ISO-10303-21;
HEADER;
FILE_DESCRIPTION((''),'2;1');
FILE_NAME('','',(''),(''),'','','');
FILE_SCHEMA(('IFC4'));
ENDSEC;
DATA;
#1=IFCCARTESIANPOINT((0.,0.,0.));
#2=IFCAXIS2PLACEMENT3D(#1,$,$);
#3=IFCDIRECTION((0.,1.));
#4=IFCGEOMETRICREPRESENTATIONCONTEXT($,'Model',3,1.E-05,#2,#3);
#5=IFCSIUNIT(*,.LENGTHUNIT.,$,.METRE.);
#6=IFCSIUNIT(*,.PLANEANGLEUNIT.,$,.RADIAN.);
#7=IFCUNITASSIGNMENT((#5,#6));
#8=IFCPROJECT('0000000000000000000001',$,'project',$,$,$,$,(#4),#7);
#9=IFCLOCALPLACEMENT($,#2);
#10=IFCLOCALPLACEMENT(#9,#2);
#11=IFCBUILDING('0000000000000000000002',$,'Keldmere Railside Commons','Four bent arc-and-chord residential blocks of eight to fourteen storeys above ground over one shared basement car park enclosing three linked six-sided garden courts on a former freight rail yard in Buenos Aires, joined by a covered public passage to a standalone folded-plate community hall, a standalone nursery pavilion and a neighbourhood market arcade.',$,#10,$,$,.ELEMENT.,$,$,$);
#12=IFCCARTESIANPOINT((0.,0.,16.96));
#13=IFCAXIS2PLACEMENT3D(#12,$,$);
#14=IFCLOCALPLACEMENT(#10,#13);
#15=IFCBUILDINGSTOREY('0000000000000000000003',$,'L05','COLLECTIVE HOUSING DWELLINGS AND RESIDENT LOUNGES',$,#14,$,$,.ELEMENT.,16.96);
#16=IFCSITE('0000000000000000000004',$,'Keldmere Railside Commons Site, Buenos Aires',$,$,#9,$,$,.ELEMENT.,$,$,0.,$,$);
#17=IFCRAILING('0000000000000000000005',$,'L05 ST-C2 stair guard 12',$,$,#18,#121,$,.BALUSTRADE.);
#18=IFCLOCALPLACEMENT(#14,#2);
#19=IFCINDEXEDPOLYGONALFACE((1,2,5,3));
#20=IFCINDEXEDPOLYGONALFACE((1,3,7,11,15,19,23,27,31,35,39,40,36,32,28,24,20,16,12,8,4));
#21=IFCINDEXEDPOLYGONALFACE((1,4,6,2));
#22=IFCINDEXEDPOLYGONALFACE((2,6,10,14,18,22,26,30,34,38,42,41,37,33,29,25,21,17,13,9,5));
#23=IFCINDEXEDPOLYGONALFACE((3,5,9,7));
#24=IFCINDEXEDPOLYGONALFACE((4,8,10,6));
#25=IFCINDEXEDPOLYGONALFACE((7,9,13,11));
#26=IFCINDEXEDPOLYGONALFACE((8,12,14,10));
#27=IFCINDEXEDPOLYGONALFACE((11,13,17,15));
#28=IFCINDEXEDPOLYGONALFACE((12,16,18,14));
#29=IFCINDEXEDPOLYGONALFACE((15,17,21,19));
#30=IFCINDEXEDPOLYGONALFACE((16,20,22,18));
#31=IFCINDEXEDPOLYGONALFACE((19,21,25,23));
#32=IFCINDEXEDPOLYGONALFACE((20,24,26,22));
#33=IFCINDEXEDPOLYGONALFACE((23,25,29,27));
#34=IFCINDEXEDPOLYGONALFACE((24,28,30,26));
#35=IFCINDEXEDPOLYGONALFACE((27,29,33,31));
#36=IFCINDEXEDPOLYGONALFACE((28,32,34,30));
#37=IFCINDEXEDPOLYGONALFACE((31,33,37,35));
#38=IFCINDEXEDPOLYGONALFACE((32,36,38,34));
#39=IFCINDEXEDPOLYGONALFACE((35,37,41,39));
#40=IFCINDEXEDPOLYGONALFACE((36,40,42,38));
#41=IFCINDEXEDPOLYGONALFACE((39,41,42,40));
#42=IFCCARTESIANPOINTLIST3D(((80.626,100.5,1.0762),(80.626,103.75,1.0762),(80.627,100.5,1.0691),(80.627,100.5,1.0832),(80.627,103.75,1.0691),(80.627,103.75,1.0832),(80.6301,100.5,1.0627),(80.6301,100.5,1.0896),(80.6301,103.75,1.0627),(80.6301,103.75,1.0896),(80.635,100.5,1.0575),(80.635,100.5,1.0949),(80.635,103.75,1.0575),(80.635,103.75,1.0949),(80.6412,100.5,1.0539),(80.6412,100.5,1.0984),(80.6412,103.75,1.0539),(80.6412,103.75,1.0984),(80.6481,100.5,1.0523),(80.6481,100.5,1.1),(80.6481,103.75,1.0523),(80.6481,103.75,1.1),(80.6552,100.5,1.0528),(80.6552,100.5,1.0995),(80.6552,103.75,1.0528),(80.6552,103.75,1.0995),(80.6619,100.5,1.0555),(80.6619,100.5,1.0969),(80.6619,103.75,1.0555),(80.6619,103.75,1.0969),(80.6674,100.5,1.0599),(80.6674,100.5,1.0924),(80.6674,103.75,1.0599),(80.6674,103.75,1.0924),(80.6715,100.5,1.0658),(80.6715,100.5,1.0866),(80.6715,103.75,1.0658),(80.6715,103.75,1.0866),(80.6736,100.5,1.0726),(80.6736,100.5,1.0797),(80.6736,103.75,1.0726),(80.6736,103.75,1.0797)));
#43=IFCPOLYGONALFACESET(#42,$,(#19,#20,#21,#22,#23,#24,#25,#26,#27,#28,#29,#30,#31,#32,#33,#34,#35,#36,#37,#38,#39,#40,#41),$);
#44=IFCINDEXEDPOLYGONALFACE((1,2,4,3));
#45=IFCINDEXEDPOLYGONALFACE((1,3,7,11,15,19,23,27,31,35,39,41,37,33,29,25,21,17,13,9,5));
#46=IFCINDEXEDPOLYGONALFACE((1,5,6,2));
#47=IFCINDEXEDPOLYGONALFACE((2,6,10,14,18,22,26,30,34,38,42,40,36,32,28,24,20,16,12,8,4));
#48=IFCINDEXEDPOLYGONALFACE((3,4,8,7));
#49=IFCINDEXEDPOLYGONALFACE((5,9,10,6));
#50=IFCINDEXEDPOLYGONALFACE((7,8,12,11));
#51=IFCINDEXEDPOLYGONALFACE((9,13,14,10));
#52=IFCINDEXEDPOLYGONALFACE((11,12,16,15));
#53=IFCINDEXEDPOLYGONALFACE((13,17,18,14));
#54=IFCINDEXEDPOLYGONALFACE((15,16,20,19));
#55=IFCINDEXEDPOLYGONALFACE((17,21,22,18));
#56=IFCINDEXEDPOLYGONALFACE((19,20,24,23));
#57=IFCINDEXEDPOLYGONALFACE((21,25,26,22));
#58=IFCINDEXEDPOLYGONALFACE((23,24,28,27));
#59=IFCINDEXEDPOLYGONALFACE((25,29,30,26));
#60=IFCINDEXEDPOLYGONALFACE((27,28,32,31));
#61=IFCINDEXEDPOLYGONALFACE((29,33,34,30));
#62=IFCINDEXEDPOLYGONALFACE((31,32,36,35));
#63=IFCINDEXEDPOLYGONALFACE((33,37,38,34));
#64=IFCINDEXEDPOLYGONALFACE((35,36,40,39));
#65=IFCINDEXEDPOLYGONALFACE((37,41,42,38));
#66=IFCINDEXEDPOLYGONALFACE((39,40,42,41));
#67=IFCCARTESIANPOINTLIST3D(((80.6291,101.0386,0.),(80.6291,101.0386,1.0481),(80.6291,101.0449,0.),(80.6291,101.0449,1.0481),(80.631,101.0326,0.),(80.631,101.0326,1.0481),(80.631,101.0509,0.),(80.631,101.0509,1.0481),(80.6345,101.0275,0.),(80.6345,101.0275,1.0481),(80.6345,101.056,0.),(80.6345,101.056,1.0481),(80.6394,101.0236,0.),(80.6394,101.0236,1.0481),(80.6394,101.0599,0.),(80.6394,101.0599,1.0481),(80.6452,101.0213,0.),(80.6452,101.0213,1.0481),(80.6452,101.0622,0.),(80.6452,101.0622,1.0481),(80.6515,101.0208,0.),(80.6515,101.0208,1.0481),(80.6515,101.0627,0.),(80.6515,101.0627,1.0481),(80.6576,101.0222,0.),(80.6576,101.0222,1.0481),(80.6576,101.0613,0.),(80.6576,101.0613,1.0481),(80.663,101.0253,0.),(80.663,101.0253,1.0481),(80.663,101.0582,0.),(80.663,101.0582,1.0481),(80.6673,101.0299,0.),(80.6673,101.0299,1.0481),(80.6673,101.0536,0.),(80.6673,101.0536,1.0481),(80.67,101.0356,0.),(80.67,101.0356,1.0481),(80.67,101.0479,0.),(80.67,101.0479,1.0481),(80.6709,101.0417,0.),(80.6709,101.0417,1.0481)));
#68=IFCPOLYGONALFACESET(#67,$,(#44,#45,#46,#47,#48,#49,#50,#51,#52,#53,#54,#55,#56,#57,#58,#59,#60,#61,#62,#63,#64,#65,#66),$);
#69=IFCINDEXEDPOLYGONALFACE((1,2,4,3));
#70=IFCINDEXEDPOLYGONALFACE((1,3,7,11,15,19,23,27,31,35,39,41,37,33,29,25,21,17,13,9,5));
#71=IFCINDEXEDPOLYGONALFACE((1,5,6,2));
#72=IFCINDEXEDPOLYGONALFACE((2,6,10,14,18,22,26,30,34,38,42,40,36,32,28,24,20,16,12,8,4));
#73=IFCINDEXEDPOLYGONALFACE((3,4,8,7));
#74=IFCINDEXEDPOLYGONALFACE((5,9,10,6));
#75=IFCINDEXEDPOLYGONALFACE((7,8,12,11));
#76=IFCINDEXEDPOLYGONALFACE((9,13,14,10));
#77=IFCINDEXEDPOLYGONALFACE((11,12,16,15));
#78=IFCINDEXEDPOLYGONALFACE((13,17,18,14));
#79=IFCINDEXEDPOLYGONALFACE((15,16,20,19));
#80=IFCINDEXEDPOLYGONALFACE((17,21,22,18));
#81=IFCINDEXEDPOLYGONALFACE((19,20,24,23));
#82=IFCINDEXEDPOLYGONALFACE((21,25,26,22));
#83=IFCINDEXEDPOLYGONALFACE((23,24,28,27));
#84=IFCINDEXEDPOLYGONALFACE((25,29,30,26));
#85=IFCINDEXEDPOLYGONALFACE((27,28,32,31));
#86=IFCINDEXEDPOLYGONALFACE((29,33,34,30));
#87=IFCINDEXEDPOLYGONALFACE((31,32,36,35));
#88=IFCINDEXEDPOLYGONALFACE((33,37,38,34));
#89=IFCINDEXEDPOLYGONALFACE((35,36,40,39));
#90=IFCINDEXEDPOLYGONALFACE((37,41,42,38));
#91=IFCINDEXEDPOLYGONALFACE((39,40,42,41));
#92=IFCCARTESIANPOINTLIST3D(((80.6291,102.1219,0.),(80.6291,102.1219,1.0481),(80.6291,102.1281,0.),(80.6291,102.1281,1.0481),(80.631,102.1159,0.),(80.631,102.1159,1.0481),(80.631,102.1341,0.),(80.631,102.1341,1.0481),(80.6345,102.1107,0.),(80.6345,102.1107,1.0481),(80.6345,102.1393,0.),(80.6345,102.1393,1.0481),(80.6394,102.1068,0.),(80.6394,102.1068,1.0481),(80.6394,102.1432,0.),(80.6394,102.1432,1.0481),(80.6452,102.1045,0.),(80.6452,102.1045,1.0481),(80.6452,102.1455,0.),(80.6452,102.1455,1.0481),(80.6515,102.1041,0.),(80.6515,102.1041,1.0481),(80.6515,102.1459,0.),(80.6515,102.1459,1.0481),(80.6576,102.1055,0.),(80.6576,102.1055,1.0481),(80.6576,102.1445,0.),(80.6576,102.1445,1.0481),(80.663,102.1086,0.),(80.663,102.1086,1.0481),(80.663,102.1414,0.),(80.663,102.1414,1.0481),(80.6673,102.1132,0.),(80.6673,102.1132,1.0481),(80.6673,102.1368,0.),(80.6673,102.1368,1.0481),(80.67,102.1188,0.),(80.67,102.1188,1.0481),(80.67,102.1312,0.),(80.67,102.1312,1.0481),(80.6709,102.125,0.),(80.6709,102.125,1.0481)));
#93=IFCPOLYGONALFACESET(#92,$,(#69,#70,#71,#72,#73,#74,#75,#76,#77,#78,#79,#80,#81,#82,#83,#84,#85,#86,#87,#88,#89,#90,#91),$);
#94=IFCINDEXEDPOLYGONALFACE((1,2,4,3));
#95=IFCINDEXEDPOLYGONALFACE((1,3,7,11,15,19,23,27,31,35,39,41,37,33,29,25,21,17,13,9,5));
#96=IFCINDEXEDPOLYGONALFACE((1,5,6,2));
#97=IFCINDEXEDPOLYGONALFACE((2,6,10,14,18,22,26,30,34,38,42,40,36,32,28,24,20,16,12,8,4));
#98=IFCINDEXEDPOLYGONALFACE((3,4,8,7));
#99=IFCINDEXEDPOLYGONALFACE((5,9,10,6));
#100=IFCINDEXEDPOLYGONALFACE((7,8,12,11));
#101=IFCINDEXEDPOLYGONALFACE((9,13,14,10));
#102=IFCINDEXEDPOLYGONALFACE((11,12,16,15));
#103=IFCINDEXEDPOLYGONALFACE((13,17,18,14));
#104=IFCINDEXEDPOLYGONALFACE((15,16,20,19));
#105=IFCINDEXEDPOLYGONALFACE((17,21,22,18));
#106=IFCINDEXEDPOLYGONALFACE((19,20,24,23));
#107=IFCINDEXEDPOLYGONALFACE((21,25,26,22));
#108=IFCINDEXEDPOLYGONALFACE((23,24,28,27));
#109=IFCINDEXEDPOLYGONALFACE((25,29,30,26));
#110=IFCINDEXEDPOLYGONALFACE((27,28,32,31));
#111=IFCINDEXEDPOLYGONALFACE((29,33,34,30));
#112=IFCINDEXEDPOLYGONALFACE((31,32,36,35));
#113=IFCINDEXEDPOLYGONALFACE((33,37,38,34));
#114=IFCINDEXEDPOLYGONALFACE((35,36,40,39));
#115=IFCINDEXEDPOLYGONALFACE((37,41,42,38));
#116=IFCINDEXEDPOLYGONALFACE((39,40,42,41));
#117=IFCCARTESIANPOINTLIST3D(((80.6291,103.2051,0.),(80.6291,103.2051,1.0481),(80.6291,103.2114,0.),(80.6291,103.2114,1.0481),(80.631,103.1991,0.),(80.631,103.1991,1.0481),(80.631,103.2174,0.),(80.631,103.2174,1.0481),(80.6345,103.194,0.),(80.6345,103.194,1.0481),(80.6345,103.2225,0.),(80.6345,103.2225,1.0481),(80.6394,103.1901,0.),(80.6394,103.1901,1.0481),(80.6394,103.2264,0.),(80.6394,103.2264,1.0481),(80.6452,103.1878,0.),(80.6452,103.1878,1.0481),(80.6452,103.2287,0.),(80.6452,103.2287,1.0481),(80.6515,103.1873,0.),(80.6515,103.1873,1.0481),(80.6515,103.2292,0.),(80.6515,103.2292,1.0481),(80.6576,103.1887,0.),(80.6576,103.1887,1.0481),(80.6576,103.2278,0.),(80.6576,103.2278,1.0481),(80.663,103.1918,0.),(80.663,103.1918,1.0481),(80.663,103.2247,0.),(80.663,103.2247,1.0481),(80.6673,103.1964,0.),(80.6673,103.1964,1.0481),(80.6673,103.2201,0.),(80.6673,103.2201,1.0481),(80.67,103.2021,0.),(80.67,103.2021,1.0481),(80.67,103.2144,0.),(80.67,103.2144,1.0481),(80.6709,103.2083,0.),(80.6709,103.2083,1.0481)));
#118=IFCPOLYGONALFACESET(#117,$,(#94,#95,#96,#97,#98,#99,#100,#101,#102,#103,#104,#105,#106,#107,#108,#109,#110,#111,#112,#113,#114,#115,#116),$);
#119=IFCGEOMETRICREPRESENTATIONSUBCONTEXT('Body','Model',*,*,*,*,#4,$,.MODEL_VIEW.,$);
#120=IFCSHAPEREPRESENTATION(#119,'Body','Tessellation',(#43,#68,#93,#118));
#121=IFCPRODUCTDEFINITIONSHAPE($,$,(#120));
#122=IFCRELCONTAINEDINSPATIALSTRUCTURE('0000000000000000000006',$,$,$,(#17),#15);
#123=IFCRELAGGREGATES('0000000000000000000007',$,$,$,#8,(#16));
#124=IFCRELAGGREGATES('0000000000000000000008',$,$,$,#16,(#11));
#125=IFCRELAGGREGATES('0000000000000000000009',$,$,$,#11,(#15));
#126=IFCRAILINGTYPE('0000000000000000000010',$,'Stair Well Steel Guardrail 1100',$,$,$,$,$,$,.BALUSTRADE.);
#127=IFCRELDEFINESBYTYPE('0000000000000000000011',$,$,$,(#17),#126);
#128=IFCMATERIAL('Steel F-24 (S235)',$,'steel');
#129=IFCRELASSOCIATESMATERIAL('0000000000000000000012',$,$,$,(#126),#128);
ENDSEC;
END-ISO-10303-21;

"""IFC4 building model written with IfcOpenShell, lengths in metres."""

from ifc_helpers import new_model, si_unit, direction, frame, origin, origin_2d, place, context, subcontext, project, spatial, circle, extrude, material, type_object, element, save


model = new_model("IFC4")

# Units and contexts
model_context = context("Model", 3, precision=1e-05, world=origin(), true_north=direction((0.0, 1.0)))
body_context = subcontext(model_context, "Body", "Model", "MODEL_VIEW")
ifc_project = project(units=[si_unit("LENGTHUNIT", "METRE"), si_unit("PLANEANGLEUNIT", "RADIAN")], contexts=[model_context])

# Site, building, storey
site_placement = place(None, origin())
site = spatial("IfcSite", under=ifc_project, at=site_placement, Name="Keldmere Railside Commons Site, Buenos Aires", CompositionType="ELEMENT", RefElevation=0.0)
building_placement = place(site_placement, origin())
building = spatial("IfcBuilding", under=site, at=building_placement, Name="Keldmere Railside Commons", Description="Four bent arc-and-chord residential blocks of eight to fourteen storeys above ground over one shared basement car park enclosing three linked six-sided garden courts on a former freight rail yard in Buenos Aires, joined by a covered public passage to a standalone folded-plate community hall, a standalone nursery pavilion and a neighbourhood market arcade.", CompositionType="ELEMENT")
storey_placement = place(building_placement, frame((0.0, 0.0, 16.96)))
storey = spatial("IfcBuildingStorey", under=building, at=storey_placement, Name="L05", Description="COLLECTIVE HOUSING DWELLINGS AND RESIDENT LOUNGES", CompositionType="ELEMENT", Elevation=16.96)

# Railing
ifc_material_1 = material(Name="Steel F-24 (S235)", Category="steel")
railing_type_1 = type_object("IfcRailingType", Name="Stair Well Steel Guardrail 1100", PredefinedType="BALUSTRADE", material=ifc_material_1)
railing_1_placement = place(storey_placement, frame((80.6499, 100.5, 0.0)))
element("IfcRailing", 1, at=railing_1_placement, inside=storey, type_object=railing_type_1, Name="L05 ST-C2 stair guard 12", PredefinedType="BALUSTRADE", context=body_context, shape_type="SweptSolid", body=[
    extrude(circle(Radius=0.0239, at=origin_2d()), frame((0.0, 0.0, 1.0762), z_axis=(0.0, 1.0, 0.0), x_axis=(-1.0, 0.0, 0.0)), (0.0, 0.0, 1.0), 3.25),
    extrude(circle(Radius=0.021, at=origin_2d()), frame((0.0, 0.5417, 0.0)), (0.0, 0.0, 1.0), 1.0481),
    extrude(circle(Radius=0.021, at=origin_2d()), frame((0.0, 1.625, 0.0)), (0.0, 0.0, 1.0), 1.0481),
    extrude(circle(Radius=0.021, at=origin_2d()), frame((0.0, 2.7083, 0.0)), (0.0, 0.0, 1.0), 1.0481),
])

save(model, "model.ifc")
